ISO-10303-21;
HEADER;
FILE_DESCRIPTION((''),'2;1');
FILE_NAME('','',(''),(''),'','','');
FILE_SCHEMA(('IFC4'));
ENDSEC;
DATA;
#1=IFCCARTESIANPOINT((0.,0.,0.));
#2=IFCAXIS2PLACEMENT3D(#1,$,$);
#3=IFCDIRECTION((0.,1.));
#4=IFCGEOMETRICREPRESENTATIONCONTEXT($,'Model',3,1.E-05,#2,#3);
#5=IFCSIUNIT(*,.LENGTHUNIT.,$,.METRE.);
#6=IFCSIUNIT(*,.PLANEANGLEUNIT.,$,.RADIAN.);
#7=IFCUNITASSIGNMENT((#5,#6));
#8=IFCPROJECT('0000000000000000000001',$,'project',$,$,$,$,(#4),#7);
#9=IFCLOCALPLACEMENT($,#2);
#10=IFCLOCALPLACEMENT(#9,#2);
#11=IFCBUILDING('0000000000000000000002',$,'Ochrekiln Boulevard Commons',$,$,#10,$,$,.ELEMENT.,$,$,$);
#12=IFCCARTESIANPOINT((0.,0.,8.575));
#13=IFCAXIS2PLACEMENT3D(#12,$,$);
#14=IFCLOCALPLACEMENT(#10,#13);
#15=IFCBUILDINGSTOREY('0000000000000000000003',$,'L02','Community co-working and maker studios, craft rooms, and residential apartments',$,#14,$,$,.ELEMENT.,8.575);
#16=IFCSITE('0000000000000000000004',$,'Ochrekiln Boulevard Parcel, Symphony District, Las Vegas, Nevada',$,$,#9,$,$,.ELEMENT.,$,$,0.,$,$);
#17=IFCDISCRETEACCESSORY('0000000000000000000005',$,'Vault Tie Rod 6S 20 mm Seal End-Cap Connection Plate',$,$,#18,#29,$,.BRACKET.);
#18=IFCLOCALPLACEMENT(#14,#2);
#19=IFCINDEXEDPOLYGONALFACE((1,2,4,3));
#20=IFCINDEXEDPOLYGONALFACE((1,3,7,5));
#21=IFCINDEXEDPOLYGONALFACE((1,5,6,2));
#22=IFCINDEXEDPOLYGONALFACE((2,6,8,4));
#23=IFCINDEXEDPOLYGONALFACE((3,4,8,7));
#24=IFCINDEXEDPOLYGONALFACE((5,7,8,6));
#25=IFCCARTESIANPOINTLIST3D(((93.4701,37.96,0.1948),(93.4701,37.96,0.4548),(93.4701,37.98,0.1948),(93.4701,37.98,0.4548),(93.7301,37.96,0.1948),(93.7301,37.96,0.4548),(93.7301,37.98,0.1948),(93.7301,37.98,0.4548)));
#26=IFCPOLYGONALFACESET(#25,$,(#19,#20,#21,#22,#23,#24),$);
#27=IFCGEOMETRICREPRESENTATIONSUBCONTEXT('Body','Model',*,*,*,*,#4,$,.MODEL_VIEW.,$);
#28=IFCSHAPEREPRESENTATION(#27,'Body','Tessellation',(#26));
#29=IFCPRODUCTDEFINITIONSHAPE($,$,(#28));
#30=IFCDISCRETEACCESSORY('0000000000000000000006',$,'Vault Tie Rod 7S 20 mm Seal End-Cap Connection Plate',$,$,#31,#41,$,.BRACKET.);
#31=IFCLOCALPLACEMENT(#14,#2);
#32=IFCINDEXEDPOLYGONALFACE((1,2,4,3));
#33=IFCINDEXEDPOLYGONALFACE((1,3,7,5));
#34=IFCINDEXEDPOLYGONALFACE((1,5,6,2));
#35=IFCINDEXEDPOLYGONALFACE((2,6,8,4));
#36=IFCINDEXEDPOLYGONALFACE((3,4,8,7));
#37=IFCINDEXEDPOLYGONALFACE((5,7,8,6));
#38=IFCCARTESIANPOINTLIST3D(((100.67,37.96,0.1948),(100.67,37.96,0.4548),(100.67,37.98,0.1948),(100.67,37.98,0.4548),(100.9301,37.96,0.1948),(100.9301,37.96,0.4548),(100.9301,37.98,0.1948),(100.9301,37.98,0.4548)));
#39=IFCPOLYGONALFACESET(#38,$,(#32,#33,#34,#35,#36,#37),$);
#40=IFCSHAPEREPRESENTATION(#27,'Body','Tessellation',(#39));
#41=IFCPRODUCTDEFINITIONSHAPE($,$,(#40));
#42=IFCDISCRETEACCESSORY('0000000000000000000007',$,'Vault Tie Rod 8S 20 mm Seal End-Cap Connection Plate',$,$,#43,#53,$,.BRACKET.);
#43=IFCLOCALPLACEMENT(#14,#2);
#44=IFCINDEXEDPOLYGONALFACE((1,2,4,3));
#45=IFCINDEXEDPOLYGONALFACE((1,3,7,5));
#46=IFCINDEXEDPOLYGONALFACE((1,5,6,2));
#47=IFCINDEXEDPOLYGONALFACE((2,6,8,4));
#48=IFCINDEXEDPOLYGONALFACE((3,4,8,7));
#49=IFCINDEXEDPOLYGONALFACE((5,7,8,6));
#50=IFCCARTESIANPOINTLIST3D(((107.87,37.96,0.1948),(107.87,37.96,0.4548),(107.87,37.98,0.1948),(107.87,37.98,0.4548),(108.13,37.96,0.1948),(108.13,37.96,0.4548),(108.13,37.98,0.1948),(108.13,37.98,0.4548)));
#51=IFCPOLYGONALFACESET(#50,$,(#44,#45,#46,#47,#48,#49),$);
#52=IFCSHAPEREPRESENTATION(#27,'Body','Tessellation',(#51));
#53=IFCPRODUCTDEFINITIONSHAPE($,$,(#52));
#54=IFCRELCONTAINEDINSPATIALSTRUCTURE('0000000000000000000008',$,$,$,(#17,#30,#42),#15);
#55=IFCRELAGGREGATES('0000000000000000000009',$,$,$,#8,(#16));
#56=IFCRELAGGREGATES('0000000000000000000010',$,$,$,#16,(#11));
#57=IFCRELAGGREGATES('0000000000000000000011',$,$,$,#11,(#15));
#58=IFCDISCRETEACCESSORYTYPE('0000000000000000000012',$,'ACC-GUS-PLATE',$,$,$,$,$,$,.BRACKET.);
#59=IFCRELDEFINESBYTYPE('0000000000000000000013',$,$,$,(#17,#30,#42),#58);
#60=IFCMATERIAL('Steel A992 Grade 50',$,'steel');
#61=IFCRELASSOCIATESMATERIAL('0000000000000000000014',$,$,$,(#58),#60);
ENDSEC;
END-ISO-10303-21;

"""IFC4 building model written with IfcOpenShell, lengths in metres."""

from ifc_helpers import new_model, si_unit, direction, frame, origin, origin_2d, place, context, subcontext, project, spatial, rectangle, extrude, material, type_object, element, save


model = new_model("IFC4")

# Units and contexts
model_context = context("Model", 3, precision=1e-05, world=origin(), true_north=direction((0.0, 1.0)))
body_context = subcontext(model_context, "Body", "Model", "MODEL_VIEW")
ifc_project = project(units=[si_unit("LENGTHUNIT", "METRE"), si_unit("PLANEANGLEUNIT", "RADIAN")], contexts=[model_context])

# Site, building, storey
site_placement = place(None, origin())
site = spatial("IfcSite", under=ifc_project, at=site_placement, Name="Ochrekiln Boulevard Parcel, Symphony District, Las Vegas, Nevada", CompositionType="ELEMENT", RefElevation=0.0)
building_placement = place(site_placement, origin())
building = spatial("IfcBuilding", under=site, at=building_placement, Name="Ochrekiln Boulevard Commons", CompositionType="ELEMENT")
storey_placement = place(building_placement, frame((0.0, 0.0, 8.575)))
storey = spatial("IfcBuildingStorey", under=building, at=storey_placement, Name="L02", Description="Community co-working and maker studios, craft rooms, and residential apartments", CompositionType="ELEMENT", Elevation=8.575)

# Discrete accessories
ifc_material_1 = material(Name="Steel A992 Grade 50", Category="steel")
discrete_accessory_type = type_object("IfcDiscreteAccessoryType", Name="ACC-GUS-PLATE", PredefinedType="BRACKET", material=ifc_material_1)
for number, where, z_axis, x_axis, name in (
    (1, (93.6001, 37.97, 0.1948), (0.0, 0.0, 1.0), (1.0, 0.0, 0.0), "Vault Tie Rod 6S 20 mm Seal End-Cap Connection Plate"),
    (2, (100.8, 37.97, 0.1948), (0.0, 0.0, 1.0), (1.0, 0.0, 0.0), "Vault Tie Rod 7S 20 mm Seal End-Cap Connection Plate"),
    (3, (108.0, 37.97, 0.1948), (0.0, 0.0, 1.0), (1.0, 0.0, 0.0), "Vault Tie Rod 8S 20 mm Seal End-Cap Connection Plate"),
):
    element("IfcDiscreteAccessory", number, at=place(storey_placement, frame(where, z_axis=z_axis, x_axis=x_axis)), inside=storey, type_object=discrete_accessory_type, Name=name, PredefinedType="BRACKET", context=body_context, shape_type="SweptSolid", body=[
        extrude(rectangle(XDim=0.26, YDim=0.02, at=origin_2d()), origin(), (0.0, 0.0, 1.0), 0.26),
    ])

save(model, "model.ifc")
